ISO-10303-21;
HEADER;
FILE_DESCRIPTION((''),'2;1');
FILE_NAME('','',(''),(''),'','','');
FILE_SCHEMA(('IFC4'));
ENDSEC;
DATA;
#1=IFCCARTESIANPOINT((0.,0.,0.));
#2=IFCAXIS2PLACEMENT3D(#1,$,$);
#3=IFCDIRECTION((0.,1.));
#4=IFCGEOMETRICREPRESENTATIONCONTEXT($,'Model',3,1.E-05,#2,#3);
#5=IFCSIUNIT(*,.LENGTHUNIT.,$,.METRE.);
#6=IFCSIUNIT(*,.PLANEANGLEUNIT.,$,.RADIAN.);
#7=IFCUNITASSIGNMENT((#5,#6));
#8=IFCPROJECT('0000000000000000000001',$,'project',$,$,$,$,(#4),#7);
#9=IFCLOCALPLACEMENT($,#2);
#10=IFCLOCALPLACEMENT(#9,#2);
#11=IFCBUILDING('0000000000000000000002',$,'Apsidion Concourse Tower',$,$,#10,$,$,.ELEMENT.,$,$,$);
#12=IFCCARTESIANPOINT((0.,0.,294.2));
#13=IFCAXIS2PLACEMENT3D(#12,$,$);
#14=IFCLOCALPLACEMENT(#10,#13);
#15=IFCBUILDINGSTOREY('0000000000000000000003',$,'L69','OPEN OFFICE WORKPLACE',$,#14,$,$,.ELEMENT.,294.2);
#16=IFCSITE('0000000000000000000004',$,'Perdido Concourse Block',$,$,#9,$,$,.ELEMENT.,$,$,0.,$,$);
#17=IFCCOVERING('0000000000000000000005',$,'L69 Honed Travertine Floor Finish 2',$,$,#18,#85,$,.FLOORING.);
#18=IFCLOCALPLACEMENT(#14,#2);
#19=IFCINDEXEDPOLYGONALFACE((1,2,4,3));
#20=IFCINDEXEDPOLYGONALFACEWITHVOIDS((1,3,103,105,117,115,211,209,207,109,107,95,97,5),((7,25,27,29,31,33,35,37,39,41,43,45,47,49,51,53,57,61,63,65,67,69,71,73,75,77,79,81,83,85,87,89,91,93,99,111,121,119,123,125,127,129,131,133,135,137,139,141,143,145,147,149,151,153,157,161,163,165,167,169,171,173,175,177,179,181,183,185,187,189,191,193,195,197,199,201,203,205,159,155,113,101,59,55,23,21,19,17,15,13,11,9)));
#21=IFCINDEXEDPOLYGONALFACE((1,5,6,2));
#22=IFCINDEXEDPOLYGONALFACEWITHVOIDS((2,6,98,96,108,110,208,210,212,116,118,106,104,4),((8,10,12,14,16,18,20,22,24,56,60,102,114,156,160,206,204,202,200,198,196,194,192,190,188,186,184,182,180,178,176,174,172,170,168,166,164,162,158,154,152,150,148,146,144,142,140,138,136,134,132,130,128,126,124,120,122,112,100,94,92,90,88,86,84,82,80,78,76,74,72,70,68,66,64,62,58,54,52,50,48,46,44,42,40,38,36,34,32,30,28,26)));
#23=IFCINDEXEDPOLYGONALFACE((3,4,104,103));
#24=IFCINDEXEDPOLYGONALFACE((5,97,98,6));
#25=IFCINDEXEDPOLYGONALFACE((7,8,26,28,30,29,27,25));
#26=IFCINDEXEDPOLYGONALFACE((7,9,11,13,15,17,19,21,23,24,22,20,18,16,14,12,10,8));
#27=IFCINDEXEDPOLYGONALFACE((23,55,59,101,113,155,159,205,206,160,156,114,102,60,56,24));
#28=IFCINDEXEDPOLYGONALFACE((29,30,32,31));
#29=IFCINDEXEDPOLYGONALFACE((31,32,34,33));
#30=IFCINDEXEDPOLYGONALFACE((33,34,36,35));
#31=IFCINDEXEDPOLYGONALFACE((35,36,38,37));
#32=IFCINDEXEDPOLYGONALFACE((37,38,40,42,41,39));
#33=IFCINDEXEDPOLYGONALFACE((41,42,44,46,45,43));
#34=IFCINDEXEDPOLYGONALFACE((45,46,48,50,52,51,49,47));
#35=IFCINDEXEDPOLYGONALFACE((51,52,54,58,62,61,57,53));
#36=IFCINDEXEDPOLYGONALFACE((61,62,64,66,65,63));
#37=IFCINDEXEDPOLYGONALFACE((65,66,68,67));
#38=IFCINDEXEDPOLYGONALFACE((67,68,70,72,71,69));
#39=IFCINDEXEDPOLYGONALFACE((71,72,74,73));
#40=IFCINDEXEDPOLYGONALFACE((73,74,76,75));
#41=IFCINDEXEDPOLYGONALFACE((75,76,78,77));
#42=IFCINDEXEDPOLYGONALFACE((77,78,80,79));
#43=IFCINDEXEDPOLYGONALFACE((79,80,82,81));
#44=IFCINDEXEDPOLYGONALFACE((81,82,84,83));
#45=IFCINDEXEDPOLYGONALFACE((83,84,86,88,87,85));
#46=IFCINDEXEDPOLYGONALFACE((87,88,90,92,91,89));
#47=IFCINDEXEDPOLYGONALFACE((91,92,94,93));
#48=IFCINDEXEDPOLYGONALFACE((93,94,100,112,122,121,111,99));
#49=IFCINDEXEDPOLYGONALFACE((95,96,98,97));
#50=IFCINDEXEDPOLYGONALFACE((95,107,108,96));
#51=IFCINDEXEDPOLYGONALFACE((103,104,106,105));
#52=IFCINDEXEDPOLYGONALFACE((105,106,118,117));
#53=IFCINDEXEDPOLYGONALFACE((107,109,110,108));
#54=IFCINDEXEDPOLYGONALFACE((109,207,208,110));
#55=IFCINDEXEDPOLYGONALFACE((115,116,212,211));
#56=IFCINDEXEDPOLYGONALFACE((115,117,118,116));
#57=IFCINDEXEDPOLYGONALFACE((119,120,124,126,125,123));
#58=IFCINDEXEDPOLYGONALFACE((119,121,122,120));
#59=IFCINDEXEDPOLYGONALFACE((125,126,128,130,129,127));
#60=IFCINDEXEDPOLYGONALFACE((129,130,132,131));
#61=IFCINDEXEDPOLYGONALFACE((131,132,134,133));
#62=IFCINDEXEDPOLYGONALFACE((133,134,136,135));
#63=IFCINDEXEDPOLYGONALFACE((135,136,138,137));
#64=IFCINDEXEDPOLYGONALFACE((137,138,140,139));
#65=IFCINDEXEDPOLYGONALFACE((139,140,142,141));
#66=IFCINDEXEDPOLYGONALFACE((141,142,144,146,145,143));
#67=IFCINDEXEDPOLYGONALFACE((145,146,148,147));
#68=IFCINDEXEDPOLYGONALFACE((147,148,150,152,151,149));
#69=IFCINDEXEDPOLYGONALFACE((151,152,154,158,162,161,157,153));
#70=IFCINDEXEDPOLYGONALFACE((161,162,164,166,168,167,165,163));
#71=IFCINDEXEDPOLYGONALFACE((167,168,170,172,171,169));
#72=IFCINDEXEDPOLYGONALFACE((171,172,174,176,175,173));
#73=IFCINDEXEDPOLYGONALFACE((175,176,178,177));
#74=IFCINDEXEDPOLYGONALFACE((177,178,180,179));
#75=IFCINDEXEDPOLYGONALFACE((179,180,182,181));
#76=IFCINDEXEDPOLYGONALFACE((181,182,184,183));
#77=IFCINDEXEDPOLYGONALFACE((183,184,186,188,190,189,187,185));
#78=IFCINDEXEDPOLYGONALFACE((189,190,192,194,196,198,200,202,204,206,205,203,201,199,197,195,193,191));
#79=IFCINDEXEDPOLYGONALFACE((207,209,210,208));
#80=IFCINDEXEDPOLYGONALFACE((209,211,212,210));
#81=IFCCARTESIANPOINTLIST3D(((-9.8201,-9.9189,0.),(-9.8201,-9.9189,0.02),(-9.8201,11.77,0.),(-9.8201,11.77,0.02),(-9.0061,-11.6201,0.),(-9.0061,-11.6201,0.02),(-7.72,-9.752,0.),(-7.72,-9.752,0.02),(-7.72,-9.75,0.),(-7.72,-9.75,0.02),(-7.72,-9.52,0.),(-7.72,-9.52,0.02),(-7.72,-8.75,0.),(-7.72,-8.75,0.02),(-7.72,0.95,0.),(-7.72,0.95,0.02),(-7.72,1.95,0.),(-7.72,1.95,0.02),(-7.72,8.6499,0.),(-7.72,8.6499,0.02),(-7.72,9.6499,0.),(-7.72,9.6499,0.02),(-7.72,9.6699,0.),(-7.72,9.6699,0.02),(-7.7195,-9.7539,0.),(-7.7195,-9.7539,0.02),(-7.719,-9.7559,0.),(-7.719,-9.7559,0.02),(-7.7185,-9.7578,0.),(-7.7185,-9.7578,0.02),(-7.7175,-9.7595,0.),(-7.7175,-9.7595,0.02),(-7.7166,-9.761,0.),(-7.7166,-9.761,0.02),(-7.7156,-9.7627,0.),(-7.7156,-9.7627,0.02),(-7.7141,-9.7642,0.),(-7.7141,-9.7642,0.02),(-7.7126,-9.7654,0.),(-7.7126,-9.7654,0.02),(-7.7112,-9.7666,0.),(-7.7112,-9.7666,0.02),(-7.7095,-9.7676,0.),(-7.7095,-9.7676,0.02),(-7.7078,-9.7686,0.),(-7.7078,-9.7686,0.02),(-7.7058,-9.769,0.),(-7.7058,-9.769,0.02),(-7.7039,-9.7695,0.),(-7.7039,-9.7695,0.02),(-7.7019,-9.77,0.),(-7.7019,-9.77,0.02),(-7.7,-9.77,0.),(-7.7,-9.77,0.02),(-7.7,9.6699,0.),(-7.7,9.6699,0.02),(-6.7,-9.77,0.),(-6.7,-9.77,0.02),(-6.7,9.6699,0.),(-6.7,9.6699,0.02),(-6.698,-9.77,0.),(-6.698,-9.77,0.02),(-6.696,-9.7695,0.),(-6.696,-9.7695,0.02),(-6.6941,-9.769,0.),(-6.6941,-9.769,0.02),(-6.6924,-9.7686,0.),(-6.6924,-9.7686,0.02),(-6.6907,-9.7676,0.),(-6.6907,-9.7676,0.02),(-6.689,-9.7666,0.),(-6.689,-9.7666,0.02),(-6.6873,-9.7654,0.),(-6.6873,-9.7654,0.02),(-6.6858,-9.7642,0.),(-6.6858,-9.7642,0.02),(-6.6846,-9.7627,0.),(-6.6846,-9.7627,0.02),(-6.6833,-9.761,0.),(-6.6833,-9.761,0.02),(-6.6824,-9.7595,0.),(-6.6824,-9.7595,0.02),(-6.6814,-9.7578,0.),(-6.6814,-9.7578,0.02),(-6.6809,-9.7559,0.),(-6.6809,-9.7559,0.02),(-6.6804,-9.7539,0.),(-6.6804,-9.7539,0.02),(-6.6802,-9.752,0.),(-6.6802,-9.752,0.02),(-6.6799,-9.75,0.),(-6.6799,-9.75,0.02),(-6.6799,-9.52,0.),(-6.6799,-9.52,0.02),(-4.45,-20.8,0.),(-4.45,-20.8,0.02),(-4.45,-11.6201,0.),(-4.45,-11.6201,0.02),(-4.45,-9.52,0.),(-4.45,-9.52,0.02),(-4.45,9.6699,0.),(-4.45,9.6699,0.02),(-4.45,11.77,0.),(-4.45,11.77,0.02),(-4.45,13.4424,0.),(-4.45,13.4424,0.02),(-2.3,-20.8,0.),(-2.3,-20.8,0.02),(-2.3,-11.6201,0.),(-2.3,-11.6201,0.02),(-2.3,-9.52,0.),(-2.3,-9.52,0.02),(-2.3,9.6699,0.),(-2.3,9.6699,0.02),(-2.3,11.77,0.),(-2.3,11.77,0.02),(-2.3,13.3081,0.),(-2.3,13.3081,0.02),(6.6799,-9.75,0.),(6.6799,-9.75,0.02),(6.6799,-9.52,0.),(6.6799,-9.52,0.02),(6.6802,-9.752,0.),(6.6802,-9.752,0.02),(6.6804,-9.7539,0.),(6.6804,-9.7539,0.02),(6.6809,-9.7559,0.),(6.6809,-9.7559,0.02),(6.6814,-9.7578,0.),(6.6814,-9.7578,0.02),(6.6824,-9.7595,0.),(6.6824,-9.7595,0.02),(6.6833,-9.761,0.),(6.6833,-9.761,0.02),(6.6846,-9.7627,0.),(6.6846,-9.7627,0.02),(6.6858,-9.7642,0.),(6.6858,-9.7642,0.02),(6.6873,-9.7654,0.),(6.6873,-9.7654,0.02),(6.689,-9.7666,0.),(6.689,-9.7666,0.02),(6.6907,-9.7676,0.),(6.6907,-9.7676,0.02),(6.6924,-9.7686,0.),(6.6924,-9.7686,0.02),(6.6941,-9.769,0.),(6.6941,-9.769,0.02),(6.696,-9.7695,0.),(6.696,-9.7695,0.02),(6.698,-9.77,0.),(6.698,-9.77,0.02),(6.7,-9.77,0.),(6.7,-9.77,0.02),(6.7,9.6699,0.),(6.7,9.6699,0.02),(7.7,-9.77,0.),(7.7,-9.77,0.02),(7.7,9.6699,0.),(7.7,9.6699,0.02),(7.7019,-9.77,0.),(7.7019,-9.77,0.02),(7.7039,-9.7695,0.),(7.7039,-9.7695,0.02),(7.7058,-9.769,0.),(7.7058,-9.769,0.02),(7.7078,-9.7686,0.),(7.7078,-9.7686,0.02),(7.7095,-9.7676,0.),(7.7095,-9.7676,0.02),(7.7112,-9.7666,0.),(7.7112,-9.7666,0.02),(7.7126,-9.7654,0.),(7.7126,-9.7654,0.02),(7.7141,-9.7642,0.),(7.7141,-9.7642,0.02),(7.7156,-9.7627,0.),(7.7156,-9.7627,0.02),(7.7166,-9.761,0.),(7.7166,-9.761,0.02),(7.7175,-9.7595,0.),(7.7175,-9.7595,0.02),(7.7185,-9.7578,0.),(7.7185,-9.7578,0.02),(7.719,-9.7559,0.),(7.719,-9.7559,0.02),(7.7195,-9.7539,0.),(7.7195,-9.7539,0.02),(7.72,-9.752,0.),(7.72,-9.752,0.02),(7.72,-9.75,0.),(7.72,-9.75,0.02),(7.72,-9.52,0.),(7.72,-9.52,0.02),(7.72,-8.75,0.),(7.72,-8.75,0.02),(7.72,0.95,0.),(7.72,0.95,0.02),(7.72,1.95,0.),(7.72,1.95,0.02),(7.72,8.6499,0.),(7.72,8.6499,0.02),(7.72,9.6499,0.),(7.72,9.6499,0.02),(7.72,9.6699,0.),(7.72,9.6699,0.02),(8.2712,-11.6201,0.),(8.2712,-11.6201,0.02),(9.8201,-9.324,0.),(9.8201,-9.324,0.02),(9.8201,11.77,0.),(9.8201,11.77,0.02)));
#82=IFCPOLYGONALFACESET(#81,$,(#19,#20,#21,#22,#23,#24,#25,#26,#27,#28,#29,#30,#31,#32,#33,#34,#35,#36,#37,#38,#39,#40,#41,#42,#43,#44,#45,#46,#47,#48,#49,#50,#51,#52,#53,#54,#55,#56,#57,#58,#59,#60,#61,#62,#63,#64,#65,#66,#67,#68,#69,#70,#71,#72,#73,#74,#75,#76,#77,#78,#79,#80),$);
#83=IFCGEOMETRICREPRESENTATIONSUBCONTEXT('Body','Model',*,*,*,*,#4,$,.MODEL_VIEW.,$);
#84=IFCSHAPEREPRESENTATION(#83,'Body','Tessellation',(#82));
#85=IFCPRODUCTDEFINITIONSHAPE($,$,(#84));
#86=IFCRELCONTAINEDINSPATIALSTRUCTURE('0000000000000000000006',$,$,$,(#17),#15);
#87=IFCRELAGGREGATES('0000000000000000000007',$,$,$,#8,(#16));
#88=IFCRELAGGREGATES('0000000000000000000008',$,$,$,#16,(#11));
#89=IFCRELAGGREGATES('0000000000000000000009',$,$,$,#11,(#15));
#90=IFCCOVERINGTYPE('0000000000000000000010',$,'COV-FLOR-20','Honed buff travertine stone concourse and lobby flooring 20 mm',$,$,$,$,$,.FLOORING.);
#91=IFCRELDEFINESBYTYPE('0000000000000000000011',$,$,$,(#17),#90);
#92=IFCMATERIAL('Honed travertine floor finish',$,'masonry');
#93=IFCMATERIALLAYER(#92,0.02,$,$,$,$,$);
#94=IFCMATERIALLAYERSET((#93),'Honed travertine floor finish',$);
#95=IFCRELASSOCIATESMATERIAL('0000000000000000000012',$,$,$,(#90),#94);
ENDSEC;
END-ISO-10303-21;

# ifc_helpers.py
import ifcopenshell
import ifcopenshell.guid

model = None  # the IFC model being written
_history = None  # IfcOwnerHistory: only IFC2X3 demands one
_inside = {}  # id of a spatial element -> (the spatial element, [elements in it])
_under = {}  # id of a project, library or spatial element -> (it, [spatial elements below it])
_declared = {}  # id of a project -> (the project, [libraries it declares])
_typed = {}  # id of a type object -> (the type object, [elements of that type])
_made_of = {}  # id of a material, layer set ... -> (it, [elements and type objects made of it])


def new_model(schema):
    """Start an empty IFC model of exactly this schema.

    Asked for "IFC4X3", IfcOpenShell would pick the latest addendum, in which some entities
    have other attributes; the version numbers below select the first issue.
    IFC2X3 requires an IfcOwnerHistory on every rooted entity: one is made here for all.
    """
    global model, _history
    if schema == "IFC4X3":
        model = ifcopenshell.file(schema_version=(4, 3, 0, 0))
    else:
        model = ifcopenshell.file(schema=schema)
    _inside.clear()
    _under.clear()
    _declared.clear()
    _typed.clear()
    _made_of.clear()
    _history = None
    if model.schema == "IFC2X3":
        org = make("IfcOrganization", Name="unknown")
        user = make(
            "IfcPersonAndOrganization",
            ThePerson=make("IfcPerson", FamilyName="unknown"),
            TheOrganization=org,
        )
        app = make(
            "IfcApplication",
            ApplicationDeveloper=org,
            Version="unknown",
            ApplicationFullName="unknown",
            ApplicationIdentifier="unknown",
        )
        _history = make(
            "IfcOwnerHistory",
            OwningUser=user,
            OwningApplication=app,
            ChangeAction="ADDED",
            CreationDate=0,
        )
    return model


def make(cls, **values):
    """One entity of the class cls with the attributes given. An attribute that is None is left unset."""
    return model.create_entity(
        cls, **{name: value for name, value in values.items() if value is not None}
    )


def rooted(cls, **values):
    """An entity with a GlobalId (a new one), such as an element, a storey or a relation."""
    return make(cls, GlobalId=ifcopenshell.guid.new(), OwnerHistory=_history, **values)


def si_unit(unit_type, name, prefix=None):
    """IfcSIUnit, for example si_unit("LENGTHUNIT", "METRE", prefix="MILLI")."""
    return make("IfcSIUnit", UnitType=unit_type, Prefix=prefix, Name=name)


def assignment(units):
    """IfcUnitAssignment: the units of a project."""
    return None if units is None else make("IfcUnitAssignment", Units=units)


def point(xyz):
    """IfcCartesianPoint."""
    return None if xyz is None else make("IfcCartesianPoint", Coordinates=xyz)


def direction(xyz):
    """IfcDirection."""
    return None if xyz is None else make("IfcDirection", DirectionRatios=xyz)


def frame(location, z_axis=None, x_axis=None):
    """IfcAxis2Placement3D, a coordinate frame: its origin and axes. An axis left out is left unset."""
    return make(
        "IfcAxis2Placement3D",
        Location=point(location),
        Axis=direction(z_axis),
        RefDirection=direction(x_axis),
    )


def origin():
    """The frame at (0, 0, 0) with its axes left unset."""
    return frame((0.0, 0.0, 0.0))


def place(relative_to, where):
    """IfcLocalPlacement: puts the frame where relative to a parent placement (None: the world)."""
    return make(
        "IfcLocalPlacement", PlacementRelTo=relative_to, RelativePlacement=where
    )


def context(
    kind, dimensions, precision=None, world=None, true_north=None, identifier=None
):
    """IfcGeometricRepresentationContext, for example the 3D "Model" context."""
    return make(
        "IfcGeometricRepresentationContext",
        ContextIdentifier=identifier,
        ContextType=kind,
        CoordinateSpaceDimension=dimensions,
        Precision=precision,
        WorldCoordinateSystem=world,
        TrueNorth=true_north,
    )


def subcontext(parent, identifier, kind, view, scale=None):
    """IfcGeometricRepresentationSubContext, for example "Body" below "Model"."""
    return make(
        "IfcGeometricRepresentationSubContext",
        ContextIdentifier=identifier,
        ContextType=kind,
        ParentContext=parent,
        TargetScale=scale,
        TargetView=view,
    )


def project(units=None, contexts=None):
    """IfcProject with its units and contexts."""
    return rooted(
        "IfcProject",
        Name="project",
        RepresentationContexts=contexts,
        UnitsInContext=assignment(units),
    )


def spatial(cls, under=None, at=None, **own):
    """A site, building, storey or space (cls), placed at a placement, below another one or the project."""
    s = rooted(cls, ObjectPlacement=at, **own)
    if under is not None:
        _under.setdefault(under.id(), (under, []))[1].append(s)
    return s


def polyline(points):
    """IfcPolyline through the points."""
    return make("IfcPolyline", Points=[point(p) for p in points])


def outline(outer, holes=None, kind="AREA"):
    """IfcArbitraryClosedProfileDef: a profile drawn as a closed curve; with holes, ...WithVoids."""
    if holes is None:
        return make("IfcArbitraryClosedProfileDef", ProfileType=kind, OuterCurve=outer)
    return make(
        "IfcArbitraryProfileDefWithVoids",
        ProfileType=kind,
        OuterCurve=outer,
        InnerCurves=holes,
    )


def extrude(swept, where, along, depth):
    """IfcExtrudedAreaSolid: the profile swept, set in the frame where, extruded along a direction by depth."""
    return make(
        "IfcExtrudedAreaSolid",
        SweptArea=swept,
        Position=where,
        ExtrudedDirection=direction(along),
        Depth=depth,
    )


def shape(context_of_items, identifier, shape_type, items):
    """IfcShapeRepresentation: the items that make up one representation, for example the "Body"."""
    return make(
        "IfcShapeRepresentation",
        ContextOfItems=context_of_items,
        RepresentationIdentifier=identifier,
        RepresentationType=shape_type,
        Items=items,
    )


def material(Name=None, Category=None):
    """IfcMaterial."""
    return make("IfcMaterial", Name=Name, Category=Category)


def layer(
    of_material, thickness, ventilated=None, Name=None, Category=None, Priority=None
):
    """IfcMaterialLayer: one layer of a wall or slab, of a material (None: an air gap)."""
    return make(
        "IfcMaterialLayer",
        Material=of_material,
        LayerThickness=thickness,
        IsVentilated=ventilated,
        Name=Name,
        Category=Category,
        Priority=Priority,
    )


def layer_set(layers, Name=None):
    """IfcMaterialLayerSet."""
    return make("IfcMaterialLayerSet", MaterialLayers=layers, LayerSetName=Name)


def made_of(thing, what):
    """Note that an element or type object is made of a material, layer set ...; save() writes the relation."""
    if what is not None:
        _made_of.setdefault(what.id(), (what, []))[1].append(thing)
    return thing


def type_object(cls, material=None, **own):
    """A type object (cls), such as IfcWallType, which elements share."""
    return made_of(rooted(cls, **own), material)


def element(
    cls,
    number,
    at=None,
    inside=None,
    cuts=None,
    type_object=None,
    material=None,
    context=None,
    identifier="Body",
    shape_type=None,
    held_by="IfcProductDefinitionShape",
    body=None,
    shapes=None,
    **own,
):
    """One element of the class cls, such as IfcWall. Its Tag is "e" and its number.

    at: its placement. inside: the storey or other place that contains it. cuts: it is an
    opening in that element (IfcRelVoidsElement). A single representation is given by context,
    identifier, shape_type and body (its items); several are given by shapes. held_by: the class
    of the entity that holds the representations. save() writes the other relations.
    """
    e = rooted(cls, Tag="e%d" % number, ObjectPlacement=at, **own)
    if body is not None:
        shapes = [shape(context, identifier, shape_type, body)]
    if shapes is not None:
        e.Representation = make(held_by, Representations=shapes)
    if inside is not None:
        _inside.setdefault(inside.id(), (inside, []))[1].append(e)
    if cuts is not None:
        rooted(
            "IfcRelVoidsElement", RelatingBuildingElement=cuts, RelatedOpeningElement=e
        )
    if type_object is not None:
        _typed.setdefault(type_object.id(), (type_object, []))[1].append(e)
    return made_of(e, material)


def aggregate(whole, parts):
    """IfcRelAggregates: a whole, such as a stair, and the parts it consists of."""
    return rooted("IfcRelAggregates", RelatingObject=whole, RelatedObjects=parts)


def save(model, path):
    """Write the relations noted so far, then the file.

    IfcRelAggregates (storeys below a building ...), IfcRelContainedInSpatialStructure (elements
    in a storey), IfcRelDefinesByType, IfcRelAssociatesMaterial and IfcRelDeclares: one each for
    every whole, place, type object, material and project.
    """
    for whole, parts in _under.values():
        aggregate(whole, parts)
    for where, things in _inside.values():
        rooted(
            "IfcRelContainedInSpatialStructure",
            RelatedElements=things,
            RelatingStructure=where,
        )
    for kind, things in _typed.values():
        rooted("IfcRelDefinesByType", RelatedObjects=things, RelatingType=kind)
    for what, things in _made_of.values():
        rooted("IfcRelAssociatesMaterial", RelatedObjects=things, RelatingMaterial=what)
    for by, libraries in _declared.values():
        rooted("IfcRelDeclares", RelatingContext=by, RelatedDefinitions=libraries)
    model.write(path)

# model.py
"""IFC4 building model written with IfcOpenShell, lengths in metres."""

from ifc_helpers import new_model, si_unit, direction, frame, origin, place, context, subcontext, project, spatial, polyline, outline, extrude, material, layer, layer_set, type_object, element, save


model = new_model("IFC4")

# Units and contexts
model_context = context("Model", 3, precision=1e-05, world=origin(), true_north=direction((0.0, 1.0)))
body_context = subcontext(model_context, "Body", "Model", "MODEL_VIEW")
ifc_project = project(units=[si_unit("LENGTHUNIT", "METRE"), si_unit("PLANEANGLEUNIT", "RADIAN")], contexts=[model_context])

# Site, building, storey
site_placement = place(None, origin())
site = spatial("IfcSite", under=ifc_project, at=site_placement, Name="Perdido Concourse Block", CompositionType="ELEMENT", RefElevation=0.0)
building_placement = place(site_placement, origin())
building = spatial("IfcBuilding", under=site, at=building_placement, Name="Apsidion Concourse Tower", CompositionType="ELEMENT")
storey_placement = place(building_placement, frame((0.0, 0.0, 294.2)))
storey = spatial("IfcBuildingStorey", under=building, at=storey_placement, Name="L69", Description="OPEN OFFICE WORKPLACE", CompositionType="ELEMENT", Elevation=294.2)

# Covering
ifc_material_1 = material(Name="Honed travertine floor finish", Category="masonry")
ifc_layer_1 = layer(ifc_material_1, 0.02)
ifc_layer_set_1 = layer_set([ifc_layer_1], Name="Honed travertine floor finish")
covering_type_1 = type_object("IfcCoveringType", Name="COV-FLOR-20", Description="Honed buff travertine stone concourse and lobby flooring 20 mm", PredefinedType="FLOORING", material=ifc_layer_set_1)
covering_1_placement = place(storey_placement, origin())
element("IfcCovering", 1, at=covering_1_placement, inside=storey, type_object=covering_type_1, Name="L69 Honed Travertine Floor Finish 2", PredefinedType="FLOORING", context=body_context, shape_type="SweptSolid", body=[
    extrude(outline(polyline([(-9.0061, -11.6201), (-9.8201, -9.9189), (-9.8201, 11.77), (-4.45, 11.77), (-4.45, 13.4424), (-2.3, 13.3081), (-2.3, 11.77), (9.8201, 11.77), (9.8201, -9.324), (8.2712, -11.6201), (-2.3, -11.6201), (-2.3, -20.8), (-4.45, -20.8), (-4.45, -11.6201), (-9.0061, -11.6201)]), holes=[polyline([(7.7, 9.6699), (6.7, 9.6699), (-2.3, 9.6699), (-4.45, 9.6699), (-6.7, 9.6699), (-7.7, 9.6699), (-7.72, 9.6699), (-7.72, 9.6499), (-7.72, 8.6499), (-7.72, 1.95), (-7.72, 0.95), (-7.72, -8.75), (-7.72, -9.52), (-7.72, -9.75), (-7.72, -9.752), (-7.7195, -9.7539), (-7.719, -9.7559), (-7.7185, -9.7578), (-7.7175, -9.7595), (-7.7166, -9.761), (-7.7156, -9.7627), (-7.7141, -9.7642), (-7.7126, -9.7654), (-7.7112, -9.7666), (-7.7095, -9.7676), (-7.7078, -9.7686), (-7.7058, -9.769), (-7.7039, -9.7695), (-7.7019, -9.77), (-7.7, -9.77), (-6.7, -9.77), (-6.698, -9.77), (-6.696, -9.7695), (-6.6941, -9.769), (-6.6924, -9.7686), (-6.6907, -9.7676), (-6.689, -9.7666), (-6.6873, -9.7654), (-6.6858, -9.7642), (-6.6846, -9.7627), (-6.6833, -9.761), (-6.6824, -9.7595), (-6.6814, -9.7578), (-6.6809, -9.7559), (-6.6804, -9.7539), (-6.6802, -9.752), (-6.6799, -9.75), (-6.6799, -9.52), (-4.45, -9.52), (-2.3, -9.52), (6.6799, -9.52), (6.6799, -9.75), (6.6802, -9.752), (6.6804, -9.7539), (6.6809, -9.7559), (6.6814, -9.7578), (6.6824, -9.7595), (6.6833, -9.761), (6.6846, -9.7627), (6.6858, -9.7642), (6.6873, -9.7654), (6.689, -9.7666), (6.6907, -9.7676), (6.6924, -9.7686), (6.6941, -9.769), (6.696, -9.7695), (6.698, -9.77), (6.7, -9.77), (7.7, -9.77), (7.7019, -9.77), (7.7039, -9.7695), (7.7058, -9.769), (7.7078, -9.7686), (7.7095, -9.7676), (7.7112, -9.7666), (7.7126, -9.7654), (7.7141, -9.7642), (7.7156, -9.7627), (7.7166, -9.761), (7.7175, -9.7595), (7.7185, -9.7578), (7.719, -9.7559), (7.7195, -9.7539), (7.72, -9.752), (7.72, -9.75), (7.72, -9.52), (7.72, -8.75), (7.72, 0.95), (7.72, 1.95), (7.72, 8.6499), (7.72, 9.6499), (7.72, 9.6699), (7.7, 9.6699)])]), origin(), (0.0, 0.0, 1.0), 0.02),
])

save(model, "model.ifc")
